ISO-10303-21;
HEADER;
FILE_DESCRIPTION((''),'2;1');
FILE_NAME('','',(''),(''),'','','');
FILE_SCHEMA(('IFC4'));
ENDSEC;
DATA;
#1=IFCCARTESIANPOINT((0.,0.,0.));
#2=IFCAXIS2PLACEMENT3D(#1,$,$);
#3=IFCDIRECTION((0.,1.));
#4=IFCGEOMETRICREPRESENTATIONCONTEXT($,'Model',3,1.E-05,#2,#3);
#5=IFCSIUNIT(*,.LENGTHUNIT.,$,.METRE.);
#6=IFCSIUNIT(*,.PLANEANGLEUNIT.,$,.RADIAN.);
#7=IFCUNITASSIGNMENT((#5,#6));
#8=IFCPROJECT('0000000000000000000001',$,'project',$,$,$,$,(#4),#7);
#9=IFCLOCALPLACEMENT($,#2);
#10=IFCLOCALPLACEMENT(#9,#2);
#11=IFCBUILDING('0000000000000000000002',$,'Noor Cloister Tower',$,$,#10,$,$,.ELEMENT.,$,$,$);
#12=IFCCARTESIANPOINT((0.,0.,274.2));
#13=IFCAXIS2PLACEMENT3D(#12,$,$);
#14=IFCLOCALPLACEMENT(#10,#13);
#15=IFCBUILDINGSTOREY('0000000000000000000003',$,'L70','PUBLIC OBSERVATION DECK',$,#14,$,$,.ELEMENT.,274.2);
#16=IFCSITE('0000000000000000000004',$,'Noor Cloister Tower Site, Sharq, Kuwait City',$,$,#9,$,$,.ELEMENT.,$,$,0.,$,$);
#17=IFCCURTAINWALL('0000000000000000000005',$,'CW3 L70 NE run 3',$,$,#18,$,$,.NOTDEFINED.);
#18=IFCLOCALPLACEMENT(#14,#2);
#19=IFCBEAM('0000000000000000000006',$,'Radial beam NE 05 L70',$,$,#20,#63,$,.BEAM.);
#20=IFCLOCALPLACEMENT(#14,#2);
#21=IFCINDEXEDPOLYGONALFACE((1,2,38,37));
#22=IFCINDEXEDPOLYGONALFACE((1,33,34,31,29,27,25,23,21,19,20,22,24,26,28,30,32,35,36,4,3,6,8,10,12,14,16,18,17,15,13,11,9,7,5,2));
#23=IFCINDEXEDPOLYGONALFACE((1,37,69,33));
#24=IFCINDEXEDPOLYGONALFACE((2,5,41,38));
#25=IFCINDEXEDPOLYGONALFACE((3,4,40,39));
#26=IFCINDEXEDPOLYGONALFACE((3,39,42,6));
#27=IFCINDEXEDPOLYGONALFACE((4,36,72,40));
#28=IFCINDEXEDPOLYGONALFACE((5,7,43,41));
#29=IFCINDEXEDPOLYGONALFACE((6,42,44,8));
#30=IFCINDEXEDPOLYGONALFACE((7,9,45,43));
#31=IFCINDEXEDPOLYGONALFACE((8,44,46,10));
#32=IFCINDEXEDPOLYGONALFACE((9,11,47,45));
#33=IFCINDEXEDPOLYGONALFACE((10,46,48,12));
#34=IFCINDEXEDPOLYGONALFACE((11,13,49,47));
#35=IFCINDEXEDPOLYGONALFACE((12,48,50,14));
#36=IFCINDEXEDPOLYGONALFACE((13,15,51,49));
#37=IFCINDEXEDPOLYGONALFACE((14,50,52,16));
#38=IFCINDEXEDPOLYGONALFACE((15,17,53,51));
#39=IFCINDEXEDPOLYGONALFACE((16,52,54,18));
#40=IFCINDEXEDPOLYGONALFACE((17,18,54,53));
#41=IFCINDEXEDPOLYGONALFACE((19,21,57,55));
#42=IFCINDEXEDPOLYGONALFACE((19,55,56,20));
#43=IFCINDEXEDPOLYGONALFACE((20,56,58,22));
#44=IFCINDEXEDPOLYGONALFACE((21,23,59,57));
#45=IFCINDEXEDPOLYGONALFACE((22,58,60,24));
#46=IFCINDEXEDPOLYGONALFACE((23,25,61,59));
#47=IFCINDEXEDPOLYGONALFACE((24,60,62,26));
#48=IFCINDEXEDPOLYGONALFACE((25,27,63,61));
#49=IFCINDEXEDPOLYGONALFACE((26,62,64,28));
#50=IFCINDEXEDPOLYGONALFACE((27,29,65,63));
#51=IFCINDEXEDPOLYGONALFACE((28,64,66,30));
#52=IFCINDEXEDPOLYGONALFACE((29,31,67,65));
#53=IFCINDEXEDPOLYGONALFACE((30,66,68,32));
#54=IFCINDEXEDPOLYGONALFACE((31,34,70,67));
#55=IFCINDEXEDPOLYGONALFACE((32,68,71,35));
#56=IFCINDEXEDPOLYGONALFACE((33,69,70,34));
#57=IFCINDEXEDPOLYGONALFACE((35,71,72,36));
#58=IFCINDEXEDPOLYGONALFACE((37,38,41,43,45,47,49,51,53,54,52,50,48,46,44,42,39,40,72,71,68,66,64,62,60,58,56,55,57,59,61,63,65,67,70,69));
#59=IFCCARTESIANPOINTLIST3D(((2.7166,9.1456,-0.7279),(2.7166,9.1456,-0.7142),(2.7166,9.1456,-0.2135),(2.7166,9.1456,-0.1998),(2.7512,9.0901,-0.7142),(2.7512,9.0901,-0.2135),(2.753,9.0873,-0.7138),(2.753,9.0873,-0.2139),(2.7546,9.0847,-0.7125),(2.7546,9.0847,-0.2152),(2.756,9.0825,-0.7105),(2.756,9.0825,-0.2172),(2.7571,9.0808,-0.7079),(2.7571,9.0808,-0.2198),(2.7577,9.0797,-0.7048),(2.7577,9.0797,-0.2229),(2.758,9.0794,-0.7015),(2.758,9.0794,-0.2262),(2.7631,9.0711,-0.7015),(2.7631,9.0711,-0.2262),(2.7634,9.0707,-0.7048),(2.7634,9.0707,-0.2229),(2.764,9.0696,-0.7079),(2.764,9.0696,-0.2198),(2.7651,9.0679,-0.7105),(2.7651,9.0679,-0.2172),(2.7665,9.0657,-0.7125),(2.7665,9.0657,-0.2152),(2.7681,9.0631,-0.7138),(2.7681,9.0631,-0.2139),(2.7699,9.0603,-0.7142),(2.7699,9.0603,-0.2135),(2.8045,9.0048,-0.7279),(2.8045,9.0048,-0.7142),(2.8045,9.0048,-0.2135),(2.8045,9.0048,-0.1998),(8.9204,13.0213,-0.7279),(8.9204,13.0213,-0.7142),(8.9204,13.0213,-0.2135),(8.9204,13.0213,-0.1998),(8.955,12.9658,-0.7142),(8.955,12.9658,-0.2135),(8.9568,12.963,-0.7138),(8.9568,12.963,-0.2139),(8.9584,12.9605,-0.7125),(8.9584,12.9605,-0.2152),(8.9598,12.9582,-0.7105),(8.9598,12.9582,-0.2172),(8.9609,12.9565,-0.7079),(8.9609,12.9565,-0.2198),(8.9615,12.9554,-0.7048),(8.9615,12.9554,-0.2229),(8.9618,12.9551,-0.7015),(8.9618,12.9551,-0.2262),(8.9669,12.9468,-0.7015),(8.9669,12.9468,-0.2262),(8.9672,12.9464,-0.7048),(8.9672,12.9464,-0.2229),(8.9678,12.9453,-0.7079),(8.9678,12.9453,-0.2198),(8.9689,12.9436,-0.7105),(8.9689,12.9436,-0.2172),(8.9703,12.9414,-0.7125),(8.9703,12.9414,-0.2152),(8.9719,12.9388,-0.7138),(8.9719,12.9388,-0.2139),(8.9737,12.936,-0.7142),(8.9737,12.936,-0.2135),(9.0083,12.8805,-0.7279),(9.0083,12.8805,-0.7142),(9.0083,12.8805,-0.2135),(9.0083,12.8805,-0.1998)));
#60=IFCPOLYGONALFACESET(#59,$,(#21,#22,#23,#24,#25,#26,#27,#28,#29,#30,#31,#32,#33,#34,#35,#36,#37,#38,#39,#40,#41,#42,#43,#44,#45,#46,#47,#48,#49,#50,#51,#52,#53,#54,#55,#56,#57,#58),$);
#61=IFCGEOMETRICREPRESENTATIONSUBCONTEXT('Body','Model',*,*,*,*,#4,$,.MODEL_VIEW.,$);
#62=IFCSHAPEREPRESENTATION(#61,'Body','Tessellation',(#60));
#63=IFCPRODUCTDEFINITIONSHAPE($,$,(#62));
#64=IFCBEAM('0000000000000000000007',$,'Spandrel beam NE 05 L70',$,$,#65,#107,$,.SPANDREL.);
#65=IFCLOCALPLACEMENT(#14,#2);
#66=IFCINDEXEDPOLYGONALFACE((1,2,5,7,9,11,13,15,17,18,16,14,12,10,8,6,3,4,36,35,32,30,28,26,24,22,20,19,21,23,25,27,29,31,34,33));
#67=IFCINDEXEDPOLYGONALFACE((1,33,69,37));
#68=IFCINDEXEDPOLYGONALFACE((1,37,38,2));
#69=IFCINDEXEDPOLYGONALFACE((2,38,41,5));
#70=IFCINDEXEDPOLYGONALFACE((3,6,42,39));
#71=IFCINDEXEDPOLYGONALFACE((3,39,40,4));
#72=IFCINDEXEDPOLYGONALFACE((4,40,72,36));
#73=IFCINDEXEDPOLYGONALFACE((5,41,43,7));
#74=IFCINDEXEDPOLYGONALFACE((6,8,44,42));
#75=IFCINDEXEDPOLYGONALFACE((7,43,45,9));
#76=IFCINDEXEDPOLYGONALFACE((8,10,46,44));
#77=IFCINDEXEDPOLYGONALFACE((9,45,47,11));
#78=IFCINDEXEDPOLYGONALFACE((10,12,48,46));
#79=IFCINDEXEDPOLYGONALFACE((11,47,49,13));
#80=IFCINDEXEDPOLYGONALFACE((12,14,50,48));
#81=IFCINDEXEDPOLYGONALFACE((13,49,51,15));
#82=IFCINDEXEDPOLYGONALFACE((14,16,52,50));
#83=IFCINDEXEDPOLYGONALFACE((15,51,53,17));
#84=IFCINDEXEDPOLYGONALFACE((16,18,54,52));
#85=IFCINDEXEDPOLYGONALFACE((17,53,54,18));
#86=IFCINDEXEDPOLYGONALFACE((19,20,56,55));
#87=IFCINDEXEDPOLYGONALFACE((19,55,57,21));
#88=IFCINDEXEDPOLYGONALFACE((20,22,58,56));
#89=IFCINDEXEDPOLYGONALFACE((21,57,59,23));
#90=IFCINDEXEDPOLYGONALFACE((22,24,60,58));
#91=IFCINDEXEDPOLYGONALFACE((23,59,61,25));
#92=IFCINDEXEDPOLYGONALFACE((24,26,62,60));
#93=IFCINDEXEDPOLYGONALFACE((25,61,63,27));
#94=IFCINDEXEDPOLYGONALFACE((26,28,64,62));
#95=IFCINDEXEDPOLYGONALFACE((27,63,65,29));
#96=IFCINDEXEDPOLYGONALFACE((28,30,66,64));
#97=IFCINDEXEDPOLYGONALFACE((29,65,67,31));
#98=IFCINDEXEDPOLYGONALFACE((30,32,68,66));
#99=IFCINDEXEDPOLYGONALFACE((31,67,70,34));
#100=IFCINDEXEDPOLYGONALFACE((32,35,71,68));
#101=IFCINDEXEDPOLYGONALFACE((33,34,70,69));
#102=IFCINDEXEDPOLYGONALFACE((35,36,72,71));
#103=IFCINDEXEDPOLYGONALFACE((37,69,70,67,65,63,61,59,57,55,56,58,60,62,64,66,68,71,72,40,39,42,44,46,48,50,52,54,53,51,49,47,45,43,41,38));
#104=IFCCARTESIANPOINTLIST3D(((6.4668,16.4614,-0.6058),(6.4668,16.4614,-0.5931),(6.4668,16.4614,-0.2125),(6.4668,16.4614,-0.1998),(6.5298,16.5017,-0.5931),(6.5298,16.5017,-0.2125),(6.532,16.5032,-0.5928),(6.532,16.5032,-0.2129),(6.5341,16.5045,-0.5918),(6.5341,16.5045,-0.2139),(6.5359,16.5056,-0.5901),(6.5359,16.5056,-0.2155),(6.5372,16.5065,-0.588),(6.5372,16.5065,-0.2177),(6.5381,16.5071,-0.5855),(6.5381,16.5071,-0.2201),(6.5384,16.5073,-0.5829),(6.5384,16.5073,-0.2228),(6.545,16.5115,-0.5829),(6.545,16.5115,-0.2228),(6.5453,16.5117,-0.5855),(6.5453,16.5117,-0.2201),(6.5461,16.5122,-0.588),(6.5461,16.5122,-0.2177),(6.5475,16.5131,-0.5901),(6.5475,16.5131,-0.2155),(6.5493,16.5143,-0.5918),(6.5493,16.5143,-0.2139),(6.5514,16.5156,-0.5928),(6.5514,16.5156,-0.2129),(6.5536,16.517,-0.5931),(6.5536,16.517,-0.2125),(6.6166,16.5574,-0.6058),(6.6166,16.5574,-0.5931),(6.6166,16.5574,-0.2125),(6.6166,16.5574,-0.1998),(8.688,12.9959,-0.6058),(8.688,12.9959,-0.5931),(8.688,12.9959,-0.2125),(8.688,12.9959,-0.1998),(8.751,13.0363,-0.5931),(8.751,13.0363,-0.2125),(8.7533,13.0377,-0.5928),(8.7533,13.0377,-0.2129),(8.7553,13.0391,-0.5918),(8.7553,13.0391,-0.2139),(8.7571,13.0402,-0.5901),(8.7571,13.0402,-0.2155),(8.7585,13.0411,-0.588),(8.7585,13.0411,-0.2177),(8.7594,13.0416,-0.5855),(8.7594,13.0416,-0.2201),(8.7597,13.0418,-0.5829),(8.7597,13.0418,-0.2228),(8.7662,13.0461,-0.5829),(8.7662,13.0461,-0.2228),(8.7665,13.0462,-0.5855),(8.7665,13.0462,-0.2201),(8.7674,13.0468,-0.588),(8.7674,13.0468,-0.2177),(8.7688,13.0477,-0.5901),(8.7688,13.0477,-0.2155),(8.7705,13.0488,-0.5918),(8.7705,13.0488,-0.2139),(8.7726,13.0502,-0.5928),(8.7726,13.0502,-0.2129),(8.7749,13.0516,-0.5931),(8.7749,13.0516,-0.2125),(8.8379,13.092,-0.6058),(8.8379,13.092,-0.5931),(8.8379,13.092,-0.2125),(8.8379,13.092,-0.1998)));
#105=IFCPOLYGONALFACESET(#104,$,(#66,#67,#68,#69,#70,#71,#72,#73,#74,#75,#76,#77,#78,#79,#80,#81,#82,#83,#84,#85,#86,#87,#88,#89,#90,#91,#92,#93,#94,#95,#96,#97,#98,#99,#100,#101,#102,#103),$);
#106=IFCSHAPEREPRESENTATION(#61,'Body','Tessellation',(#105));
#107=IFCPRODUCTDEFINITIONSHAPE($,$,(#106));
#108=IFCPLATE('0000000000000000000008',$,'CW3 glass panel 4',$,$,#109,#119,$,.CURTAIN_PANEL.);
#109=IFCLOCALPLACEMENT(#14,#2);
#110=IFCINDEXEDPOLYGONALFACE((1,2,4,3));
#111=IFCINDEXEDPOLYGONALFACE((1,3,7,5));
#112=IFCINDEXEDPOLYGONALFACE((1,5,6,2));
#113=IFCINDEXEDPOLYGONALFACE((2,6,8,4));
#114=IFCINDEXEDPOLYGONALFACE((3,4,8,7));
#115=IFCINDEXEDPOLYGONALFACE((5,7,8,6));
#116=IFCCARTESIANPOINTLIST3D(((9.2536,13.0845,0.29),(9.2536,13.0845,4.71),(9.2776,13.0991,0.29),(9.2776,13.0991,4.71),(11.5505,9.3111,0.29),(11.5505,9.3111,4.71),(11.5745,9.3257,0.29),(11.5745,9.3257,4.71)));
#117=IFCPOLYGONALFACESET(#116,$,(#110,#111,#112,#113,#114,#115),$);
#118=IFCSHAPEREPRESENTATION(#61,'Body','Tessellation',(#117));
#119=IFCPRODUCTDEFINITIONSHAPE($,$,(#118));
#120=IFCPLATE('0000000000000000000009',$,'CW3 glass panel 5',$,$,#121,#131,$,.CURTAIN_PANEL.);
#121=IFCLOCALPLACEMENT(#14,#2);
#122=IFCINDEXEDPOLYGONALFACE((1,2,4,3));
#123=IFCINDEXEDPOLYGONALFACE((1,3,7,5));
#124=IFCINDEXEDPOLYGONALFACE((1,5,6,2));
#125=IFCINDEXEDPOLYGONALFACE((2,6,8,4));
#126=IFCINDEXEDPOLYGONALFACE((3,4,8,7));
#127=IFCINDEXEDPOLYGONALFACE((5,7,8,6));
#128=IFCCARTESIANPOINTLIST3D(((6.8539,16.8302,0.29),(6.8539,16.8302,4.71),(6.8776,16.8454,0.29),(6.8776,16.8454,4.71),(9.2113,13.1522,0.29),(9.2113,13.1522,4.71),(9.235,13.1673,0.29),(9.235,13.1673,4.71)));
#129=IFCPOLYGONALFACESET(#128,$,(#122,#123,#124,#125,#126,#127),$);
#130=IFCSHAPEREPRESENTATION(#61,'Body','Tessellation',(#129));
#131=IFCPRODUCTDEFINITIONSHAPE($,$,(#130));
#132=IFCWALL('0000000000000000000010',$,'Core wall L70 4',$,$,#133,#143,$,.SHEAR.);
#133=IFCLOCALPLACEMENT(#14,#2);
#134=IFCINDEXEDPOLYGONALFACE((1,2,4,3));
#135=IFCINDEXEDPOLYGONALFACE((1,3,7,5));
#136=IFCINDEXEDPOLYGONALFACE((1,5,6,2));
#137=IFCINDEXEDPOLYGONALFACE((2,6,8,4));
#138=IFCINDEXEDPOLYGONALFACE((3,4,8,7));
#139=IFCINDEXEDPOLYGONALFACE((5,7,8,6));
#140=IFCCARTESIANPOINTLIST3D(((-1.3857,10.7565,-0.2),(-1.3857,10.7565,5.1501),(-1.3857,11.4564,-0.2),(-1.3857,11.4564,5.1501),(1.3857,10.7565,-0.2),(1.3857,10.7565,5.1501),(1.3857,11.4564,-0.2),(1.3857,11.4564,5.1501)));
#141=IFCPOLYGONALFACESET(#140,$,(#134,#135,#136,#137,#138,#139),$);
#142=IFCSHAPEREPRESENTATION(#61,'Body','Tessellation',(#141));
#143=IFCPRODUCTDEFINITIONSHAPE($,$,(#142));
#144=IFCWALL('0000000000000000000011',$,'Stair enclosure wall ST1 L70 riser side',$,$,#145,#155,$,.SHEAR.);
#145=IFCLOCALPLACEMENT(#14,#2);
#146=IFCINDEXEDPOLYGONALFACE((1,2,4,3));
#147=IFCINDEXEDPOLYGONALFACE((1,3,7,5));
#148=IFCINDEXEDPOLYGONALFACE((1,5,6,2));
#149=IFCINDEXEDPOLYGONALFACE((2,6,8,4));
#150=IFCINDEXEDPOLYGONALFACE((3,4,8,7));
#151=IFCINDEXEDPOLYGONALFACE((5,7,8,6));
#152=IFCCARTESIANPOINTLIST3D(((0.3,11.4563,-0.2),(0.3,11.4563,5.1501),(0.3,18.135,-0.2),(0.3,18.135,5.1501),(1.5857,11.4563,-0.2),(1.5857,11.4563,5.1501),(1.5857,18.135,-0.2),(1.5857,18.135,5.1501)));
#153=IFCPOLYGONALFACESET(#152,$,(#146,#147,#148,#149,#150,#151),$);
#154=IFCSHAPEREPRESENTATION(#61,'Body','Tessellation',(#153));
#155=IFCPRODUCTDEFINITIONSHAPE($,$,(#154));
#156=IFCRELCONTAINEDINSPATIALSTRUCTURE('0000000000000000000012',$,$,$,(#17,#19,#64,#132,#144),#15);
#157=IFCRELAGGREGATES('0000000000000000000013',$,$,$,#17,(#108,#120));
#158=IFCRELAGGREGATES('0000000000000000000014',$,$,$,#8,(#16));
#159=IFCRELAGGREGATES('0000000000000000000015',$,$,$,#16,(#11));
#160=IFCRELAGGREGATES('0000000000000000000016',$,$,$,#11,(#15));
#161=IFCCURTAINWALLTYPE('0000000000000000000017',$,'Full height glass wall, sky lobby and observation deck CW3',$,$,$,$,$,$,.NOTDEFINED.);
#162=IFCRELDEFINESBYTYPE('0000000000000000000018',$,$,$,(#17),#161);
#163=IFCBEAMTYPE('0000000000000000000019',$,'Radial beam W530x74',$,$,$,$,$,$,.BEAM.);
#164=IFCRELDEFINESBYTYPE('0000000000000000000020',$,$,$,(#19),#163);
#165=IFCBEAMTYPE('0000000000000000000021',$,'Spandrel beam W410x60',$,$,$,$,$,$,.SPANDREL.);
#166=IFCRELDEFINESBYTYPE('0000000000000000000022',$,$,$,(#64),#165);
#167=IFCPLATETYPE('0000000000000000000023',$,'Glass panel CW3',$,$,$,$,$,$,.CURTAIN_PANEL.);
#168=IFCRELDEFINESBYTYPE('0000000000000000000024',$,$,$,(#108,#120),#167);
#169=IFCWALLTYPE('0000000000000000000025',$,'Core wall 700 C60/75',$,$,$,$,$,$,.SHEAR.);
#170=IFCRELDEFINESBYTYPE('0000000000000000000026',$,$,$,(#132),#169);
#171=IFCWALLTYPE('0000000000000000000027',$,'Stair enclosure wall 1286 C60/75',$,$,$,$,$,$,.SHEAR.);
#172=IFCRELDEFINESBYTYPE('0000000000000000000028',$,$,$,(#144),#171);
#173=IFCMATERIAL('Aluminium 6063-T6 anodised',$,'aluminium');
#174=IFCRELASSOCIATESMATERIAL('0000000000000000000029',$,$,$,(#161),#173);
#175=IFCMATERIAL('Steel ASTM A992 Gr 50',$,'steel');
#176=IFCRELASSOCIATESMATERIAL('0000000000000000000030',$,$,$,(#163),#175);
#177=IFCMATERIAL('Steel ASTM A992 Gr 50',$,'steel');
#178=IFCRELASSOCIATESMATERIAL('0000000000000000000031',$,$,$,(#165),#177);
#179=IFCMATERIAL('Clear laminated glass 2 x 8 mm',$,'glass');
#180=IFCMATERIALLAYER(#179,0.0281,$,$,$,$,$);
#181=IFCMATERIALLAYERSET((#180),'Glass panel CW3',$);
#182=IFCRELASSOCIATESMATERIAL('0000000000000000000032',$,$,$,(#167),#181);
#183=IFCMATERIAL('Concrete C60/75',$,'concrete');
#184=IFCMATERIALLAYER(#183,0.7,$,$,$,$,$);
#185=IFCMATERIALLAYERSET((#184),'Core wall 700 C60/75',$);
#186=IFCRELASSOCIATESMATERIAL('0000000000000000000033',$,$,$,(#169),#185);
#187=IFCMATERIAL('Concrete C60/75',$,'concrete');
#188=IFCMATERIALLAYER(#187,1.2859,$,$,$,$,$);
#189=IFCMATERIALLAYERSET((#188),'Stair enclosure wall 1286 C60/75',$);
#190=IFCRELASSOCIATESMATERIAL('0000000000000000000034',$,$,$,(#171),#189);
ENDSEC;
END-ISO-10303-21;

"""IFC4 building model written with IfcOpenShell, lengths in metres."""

from ifc_helpers import new_model, si_unit, direction, frame, frame_2d, origin, origin_2d, place, context, subcontext, project, spatial, rectangle, i_section, extrude, material, layer, layer_set, material_profile, profile_set, type_object, element, aggregate, save


model = new_model("IFC4")

# Units and contexts
model_context = context("Model", 3, precision=1e-05, world=origin(), true_north=direction((0.0, 1.0)))
body_context = subcontext(model_context, "Body", "Model", "MODEL_VIEW")
ifc_project = project(units=[si_unit("LENGTHUNIT", "METRE"), si_unit("PLANEANGLEUNIT", "RADIAN")], contexts=[model_context])

# Site, building, storey
site_placement = place(None, origin())
site = spatial("IfcSite", under=ifc_project, at=site_placement, Name="Noor Cloister Tower Site, Sharq, Kuwait City", CompositionType="ELEMENT", RefElevation=0.0)
building_placement = place(site_placement, origin())
building = spatial("IfcBuilding", under=site, at=building_placement, Name="Noor Cloister Tower", CompositionType="ELEMENT")
storey_placement = place(building_placement, frame((0.0, 0.0, 274.2)))
storey = spatial("IfcBuildingStorey", under=building, at=storey_placement, Name="L70", Description="PUBLIC OBSERVATION DECK", CompositionType="ELEMENT", Elevation=274.2)

# Curtain wall
ifc_material_1 = material(Name="Aluminium 6063-T6 anodised", Category="aluminium")
curtain_wall_type = type_object("IfcCurtainWallType", Name="Full height glass wall, sky lobby and observation deck CW3", PredefinedType="NOTDEFINED", material=ifc_material_1)
curtain_wall_placement = place(storey_placement, origin())
curtain_wall = element("IfcCurtainWall", 1, at=curtain_wall_placement, inside=storey, type_object=curtain_wall_type, Name="CW3 L70 NE run 3", PredefinedType="NOTDEFINED")

# Beams
ifc_material_2 = material(Name="Steel ASTM A992 Gr 50", Category="steel")
ifc_material_profile_1 = material_profile(ifc_material_2, i_section(OverallWidth=0.166, OverallDepth=0.5281, WebThickness=0.0098, FlangeThickness=0.0137, FilletRadius=0.0127, at=origin_2d()), Name="W530x74")
ifc_profile_set_1 = profile_set([ifc_material_profile_1], Name="Steel ASTM A992 Gr 50")
beam_type_1 = type_object("IfcBeamType", Name="Radial beam W530x74", PredefinedType="BEAM", material=ifc_profile_set_1)
beam_1_placement = place(storey_placement, frame((8.9644, 12.9509, -0.4639), z_axis=(-0.848101, -0.529834, 0.0), x_axis=(0.529834, -0.848101, 0.0)))
element("IfcBeam", 2, at=beam_1_placement, inside=storey, type_object=beam_type_1, Name="Radial beam NE 05 L70", PredefinedType="BEAM", context=body_context, shape_type="SweptSolid", body=[
    extrude(i_section(OverallWidth=0.166, OverallDepth=0.5281, WebThickness=0.0098, FlangeThickness=0.0137, FilletRadius=0.0127, at=origin_2d()), origin(), (0.0, 0.0, 1.0), 7.3149),
])
ifc_material_3 = material(Name="Steel ASTM A992 Gr 50", Category="steel")
ifc_material_profile_2 = material_profile(ifc_material_3, i_section(OverallWidth=0.178, OverallDepth=0.406, WebThickness=0.0078, FlangeThickness=0.0127, FilletRadius=0.0103, at=origin_2d()), Name="W410x60")
ifc_profile_set_2 = profile_set([ifc_material_profile_2], Name="Steel ASTM A992 Gr 50")
beam_type_2 = type_object("IfcBeamType", Name="Spandrel beam W410x60", PredefinedType="SPANDREL", material=ifc_profile_set_2)
beam_2_placement = place(storey_placement, frame((8.7629, 13.0439, -0.4028), z_axis=(-0.539636, 0.841898, 0.0), x_axis=(-0.841898, -0.539636, 0.0)))
element("IfcBeam", 3, at=beam_2_placement, inside=storey, type_object=beam_type_2, Name="Spandrel beam NE 05 L70", PredefinedType="SPANDREL", context=body_context, shape_type="SweptSolid", body=[
    extrude(i_section(OverallWidth=0.178, OverallDepth=0.406, WebThickness=0.0078, FlangeThickness=0.0127, FilletRadius=0.0103, at=origin_2d()), origin(), (0.0, 0.0, 1.0), 4.1162),
])

# Plates
ifc_material_4 = material(Name="Clear laminated glass 2 x 8 mm", Category="glass")
ifc_layer_1 = layer(ifc_material_4, 0.0281)
ifc_layer_set_1 = layer_set([ifc_layer_1], Name="Glass panel CW3")
plate_type = type_object("IfcPlateType", Name="Glass panel CW3", PredefinedType="CURTAIN_PANEL", material=ifc_layer_set_1)
plate_1_placement = place(storey_placement, frame((10.4141, 11.2051, 0.29), z_axis=(0.0, 0.0, 1.0), x_axis=(-0.519949, 0.854197, 0.0)))
plate_1 = element("IfcPlate", 4, at=plate_1_placement, type_object=plate_type, Name="CW3 glass panel 4", PredefinedType="CURTAIN_PANEL", context=body_context, shape_type="SweptSolid", body=[
    extrude(rectangle(XDim=4.4175, YDim=0.0281, at=origin_2d()), origin(), (0.0, 0.0, 1.0), 4.4199),
])
plate_2_placement = place(storey_placement, frame((8.0444, 14.9988, 0.29), z_axis=(0.0, 0.0, 1.0), x_axis=(-0.539618, 0.84191, 0.0)))
plate_2 = element("IfcPlate", 5, at=plate_2_placement, type_object=plate_type, Name="CW3 glass panel 5", PredefinedType="CURTAIN_PANEL", context=body_context, shape_type="SweptSolid", body=[
    extrude(rectangle(XDim=4.3687, YDim=0.0281, at=origin_2d()), origin(), (0.0, 0.0, 1.0), 4.4199),
])
aggregate(curtain_wall, [plate_1, plate_2])

# Walls
ifc_material_5 = material(Name="Concrete C60/75", Category="concrete")
ifc_layer_2 = layer(ifc_material_5, 0.7)
ifc_layer_set_2 = layer_set([ifc_layer_2], Name="Core wall 700 C60/75")
wall_type_1 = type_object("IfcWallType", Name="Core wall 700 C60/75", PredefinedType="SHEAR", material=ifc_layer_set_2)
wall_1_placement = place(storey_placement, frame((1.3857, 11.1064, -0.2), z_axis=(0.0, 0.0, 1.0), x_axis=(-1.0, 0.0, 0.0)))
element("IfcWall", 6, at=wall_1_placement, inside=storey, type_object=wall_type_1, Name="Core wall L70 4", PredefinedType="SHEAR", context=body_context, shape_type="SweptSolid", body=[
    extrude(rectangle(XDim=2.7715, YDim=0.7, at=frame_2d((1.3857, 0.0))), origin(), (0.0, 0.0, 1.0), 5.3501),
])
ifc_material_6 = material(Name="Concrete C60/75", Category="concrete")
ifc_layer_3 = layer(ifc_material_6, 1.2859)
ifc_layer_set_3 = layer_set([ifc_layer_3], Name="Stair enclosure wall 1286 C60/75")
wall_type_2 = type_object("IfcWallType", Name="Stair enclosure wall 1286 C60/75", PredefinedType="SHEAR", material=ifc_layer_set_3)
wall_2_placement = place(storey_placement, frame((0.9429, 11.4563, -0.2), z_axis=(0.0, 0.0, 1.0), x_axis=(0.0, 1.0, 0.0)))
element("IfcWall", 7, at=wall_2_placement, inside=storey, type_object=wall_type_2, Name="Stair enclosure wall ST1 L70 riser side", PredefinedType="SHEAR", context=body_context, shape_type="SweptSolid", body=[
    extrude(rectangle(XDim=6.6787, YDim=1.2856, at=frame_2d((3.3394, 0.0))), origin(), (0.0, 0.0, 1.0), 5.3501),
])

save(model, "model.ifc")
